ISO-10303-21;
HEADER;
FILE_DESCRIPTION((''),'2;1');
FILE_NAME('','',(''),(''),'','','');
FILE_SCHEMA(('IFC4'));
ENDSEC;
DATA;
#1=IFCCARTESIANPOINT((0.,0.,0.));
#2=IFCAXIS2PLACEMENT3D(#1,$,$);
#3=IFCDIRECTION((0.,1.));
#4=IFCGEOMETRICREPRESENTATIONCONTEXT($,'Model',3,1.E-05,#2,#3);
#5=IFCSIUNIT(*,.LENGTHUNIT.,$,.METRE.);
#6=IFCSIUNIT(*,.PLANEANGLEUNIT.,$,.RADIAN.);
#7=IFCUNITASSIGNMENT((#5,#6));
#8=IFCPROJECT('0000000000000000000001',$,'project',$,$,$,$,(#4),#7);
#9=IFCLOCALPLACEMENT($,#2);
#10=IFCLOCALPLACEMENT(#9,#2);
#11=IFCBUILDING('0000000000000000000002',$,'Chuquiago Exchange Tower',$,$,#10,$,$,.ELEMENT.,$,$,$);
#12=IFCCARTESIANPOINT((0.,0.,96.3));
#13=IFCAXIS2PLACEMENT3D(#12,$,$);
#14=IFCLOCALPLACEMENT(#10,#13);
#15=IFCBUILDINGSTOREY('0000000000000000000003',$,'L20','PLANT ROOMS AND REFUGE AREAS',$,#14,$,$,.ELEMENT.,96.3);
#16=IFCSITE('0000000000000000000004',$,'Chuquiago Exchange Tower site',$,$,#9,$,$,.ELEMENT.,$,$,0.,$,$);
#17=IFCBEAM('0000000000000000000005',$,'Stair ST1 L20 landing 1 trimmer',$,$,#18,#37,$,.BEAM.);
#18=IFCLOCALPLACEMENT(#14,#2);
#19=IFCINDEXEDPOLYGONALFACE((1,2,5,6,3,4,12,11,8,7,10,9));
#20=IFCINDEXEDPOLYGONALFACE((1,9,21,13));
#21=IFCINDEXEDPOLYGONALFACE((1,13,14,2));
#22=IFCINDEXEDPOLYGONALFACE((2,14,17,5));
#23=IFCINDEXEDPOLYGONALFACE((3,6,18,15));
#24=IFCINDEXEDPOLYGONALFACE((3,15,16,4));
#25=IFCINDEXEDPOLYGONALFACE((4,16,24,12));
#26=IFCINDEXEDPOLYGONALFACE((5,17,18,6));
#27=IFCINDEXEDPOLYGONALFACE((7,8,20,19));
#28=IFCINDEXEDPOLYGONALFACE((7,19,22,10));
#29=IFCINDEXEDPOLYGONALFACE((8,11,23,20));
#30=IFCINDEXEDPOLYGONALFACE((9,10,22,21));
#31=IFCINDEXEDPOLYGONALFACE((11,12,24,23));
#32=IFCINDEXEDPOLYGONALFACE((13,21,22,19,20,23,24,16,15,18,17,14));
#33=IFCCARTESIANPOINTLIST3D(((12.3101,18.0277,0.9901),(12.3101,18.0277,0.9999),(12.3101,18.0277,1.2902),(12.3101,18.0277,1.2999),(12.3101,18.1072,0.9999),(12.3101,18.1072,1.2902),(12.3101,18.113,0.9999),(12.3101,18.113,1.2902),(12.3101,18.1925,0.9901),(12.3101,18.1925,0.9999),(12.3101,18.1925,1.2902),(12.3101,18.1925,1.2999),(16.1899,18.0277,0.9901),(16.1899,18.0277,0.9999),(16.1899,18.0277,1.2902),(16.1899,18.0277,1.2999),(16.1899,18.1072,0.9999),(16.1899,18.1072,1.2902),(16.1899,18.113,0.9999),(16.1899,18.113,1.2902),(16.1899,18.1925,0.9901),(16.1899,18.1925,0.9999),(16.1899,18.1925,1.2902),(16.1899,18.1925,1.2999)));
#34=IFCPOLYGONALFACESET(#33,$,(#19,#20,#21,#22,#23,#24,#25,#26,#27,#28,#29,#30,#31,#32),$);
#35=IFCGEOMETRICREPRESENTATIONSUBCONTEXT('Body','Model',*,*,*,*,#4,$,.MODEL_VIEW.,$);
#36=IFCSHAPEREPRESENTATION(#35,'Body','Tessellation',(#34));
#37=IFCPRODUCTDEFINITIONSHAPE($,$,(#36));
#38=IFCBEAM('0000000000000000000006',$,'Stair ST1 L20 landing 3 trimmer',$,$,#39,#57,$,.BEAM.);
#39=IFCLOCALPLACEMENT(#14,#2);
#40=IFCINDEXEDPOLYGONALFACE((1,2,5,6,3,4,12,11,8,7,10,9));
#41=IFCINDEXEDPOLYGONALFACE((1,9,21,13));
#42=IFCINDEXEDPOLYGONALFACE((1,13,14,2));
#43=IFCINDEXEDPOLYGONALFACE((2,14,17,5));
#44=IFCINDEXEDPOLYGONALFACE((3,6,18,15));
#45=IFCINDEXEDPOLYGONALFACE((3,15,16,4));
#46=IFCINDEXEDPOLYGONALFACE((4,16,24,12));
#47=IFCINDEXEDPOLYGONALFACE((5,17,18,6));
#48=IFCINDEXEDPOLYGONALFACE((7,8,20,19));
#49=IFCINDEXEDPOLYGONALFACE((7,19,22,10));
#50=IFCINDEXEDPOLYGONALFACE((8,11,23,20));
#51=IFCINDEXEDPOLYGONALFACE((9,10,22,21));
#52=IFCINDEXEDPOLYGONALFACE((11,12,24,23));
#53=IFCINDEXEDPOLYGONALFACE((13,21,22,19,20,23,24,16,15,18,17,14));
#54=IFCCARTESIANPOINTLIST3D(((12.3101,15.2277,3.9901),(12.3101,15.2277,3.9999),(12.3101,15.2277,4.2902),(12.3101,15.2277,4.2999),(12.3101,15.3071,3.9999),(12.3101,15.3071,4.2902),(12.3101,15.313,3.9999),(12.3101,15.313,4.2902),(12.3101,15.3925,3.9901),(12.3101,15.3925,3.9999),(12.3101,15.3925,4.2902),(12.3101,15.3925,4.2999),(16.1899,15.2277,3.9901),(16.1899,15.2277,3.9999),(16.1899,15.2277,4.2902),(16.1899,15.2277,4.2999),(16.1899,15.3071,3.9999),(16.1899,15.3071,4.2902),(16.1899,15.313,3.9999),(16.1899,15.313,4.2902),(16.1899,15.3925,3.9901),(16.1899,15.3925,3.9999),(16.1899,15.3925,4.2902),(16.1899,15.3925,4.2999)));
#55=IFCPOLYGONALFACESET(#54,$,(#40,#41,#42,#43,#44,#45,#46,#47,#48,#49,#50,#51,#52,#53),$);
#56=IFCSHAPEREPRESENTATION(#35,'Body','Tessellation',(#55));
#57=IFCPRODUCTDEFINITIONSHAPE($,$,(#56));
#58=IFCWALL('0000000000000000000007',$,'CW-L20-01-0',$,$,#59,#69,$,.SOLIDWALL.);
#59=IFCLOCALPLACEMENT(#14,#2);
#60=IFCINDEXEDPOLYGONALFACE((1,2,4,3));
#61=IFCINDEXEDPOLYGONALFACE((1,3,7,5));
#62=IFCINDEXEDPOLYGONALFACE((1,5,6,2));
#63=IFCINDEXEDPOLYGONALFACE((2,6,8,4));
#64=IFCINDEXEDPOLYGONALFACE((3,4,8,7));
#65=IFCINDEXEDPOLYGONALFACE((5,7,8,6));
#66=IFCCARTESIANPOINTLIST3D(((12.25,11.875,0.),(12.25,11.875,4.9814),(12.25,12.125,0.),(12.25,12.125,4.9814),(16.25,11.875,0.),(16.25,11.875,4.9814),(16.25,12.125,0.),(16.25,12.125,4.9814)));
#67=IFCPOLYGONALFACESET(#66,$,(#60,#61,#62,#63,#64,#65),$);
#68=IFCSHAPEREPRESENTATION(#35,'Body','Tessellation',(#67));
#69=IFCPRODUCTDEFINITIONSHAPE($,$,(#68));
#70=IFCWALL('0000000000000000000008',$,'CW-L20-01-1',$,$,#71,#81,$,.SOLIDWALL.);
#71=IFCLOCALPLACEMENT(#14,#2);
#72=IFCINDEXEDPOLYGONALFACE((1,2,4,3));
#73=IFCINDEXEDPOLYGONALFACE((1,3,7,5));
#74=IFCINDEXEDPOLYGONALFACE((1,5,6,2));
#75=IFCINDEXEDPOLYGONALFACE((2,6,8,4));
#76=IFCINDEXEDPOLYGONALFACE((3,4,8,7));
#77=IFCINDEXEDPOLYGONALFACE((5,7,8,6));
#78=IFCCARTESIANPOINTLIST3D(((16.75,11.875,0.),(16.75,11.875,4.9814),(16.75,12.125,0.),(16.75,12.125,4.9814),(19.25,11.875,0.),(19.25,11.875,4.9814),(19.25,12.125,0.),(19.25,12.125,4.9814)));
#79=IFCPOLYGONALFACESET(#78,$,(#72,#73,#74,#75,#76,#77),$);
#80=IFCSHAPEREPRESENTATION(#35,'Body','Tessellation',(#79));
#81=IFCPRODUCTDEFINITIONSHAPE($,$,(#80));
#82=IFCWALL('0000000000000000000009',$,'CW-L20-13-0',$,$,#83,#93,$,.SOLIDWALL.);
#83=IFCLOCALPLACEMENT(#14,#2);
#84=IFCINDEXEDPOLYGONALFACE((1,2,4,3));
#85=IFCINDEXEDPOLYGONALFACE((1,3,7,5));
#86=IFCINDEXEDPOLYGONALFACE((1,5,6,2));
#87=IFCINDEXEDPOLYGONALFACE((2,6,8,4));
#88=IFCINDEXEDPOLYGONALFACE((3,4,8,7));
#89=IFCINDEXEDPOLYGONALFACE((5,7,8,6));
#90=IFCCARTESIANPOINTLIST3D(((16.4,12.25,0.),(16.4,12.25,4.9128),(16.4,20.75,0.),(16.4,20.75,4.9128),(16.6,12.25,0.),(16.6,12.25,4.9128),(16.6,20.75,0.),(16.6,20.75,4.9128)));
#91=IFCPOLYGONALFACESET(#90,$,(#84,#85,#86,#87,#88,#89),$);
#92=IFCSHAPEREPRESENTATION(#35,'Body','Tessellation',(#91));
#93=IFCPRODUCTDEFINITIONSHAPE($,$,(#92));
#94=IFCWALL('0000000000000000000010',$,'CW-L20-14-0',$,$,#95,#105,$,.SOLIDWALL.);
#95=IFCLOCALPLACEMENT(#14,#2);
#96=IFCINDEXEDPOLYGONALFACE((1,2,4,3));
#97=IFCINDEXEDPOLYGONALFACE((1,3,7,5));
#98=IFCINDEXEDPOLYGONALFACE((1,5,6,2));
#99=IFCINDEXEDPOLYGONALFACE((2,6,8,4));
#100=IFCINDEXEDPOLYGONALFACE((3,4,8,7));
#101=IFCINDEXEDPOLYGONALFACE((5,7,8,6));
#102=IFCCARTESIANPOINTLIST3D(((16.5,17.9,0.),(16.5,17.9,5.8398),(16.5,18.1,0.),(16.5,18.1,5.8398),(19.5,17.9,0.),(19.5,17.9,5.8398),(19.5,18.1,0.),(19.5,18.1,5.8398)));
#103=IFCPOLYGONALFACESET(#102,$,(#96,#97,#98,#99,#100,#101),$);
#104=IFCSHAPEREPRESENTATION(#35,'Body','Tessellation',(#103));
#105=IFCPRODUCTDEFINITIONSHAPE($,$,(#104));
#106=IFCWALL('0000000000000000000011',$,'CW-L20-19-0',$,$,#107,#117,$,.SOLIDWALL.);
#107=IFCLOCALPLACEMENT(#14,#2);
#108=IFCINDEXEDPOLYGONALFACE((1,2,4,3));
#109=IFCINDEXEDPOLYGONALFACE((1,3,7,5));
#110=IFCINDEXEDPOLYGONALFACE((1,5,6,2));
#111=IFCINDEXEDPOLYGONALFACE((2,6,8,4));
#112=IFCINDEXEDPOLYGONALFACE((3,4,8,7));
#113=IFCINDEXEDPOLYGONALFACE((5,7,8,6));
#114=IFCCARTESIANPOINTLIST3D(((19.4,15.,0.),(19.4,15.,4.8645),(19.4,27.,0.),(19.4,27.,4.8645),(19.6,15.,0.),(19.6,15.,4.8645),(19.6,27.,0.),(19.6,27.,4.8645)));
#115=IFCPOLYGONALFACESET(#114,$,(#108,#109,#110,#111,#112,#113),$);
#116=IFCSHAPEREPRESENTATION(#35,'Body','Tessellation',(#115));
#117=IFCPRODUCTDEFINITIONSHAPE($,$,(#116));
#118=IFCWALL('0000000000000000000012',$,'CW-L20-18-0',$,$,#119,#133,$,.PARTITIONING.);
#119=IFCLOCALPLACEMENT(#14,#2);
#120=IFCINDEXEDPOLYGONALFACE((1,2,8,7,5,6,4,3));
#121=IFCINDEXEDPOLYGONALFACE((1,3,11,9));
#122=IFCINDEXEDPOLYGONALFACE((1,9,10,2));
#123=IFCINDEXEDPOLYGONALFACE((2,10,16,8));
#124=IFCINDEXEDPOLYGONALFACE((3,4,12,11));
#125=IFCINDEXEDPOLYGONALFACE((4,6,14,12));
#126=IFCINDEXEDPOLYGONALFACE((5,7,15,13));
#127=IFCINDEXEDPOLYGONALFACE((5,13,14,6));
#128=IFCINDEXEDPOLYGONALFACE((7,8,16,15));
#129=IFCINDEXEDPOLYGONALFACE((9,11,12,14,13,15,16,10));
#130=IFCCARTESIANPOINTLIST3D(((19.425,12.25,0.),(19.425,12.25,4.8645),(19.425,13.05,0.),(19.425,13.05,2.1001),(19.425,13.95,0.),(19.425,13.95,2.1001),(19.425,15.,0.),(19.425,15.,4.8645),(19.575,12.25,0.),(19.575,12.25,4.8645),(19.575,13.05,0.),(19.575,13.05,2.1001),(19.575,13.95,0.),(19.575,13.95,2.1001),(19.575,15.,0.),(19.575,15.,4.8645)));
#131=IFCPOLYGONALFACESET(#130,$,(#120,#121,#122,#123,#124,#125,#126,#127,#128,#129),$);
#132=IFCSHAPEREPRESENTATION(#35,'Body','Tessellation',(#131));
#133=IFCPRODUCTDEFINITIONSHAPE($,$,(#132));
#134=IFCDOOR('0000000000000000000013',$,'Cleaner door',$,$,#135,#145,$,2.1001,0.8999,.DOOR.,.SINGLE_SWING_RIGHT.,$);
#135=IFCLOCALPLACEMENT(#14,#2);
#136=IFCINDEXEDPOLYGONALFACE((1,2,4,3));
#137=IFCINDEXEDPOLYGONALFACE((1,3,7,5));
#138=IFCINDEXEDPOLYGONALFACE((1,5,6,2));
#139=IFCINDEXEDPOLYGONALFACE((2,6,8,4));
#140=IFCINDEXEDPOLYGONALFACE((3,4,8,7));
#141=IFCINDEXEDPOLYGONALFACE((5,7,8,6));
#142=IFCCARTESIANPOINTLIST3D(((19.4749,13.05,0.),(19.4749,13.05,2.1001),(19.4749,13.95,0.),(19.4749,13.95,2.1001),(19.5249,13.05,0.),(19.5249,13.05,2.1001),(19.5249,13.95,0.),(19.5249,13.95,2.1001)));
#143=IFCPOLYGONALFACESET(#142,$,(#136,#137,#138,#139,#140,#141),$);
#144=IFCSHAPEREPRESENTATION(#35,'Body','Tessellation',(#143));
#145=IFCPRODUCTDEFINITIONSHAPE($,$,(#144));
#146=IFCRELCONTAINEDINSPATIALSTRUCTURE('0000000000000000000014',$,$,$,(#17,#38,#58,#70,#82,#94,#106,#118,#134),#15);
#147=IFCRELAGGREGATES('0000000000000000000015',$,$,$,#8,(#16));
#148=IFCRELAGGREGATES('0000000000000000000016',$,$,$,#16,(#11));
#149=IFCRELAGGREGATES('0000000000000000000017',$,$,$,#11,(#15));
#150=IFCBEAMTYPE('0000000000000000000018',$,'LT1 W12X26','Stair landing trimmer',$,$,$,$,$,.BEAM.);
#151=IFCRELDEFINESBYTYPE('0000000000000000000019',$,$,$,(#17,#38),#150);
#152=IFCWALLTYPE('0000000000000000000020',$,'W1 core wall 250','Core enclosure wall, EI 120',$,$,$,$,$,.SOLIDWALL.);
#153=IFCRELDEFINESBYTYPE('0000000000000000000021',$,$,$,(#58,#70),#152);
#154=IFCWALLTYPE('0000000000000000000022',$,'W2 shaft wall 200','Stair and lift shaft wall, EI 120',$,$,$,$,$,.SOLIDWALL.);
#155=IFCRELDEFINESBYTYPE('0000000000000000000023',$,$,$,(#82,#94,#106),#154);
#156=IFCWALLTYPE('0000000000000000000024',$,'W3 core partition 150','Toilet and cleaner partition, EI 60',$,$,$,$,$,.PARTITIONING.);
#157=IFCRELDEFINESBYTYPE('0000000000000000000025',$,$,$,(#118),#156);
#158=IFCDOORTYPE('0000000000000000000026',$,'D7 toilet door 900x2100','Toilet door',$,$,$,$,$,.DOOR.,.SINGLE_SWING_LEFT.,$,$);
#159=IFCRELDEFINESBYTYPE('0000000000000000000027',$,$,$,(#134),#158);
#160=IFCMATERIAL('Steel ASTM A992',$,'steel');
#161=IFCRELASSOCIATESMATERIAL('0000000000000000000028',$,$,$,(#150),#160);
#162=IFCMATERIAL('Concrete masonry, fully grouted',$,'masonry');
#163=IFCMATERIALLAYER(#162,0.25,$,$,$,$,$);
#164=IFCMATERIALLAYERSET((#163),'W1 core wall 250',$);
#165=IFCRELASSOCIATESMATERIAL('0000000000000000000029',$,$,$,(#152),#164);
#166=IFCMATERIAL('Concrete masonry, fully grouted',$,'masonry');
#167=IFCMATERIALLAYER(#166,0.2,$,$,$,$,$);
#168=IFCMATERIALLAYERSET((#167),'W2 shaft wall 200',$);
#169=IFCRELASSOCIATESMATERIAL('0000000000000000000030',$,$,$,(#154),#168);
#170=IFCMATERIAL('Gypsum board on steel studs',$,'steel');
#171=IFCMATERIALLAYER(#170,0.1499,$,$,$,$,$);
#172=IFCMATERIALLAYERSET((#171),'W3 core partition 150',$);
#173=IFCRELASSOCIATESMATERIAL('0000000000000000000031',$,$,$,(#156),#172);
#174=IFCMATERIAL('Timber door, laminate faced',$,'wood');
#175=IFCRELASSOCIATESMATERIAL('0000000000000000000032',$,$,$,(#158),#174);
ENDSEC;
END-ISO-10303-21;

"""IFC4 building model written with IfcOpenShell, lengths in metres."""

from ifc_helpers import new_model, si_unit, direction, frame, frame_2d, origin, origin_2d, place, context, subcontext, project, spatial, rectangle, i_section, extrude, material, layer, layer_set, material_profile, profile_set, type_object, element, fill, save


model = new_model("IFC4")

# Units and contexts
model_context = context("Model", 3, precision=1e-05, world=origin(), true_north=direction((0.0, 1.0)))
body_context = subcontext(model_context, "Body", "Model", "MODEL_VIEW")
ifc_project = project(units=[si_unit("LENGTHUNIT", "METRE"), si_unit("PLANEANGLEUNIT", "RADIAN")], contexts=[model_context])

# Site, building, storey
site_placement = place(None, origin())
site = spatial("IfcSite", under=ifc_project, at=site_placement, Name="Chuquiago Exchange Tower site", CompositionType="ELEMENT", RefElevation=0.0)
building_placement = place(site_placement, origin())
building = spatial("IfcBuilding", under=site, at=building_placement, Name="Chuquiago Exchange Tower", CompositionType="ELEMENT")
storey_placement = place(building_placement, frame((0.0, 0.0, 96.3)))
storey = spatial("IfcBuildingStorey", under=building, at=storey_placement, Name="L20", Description="PLANT ROOMS AND REFUGE AREAS", CompositionType="ELEMENT", Elevation=96.3)

# Beams
ifc_material_1 = material(Name="Steel ASTM A992", Category="steel")
ifc_material_profile_1 = material_profile(ifc_material_1, i_section(OverallWidth=0.1648, OverallDepth=0.3098, WebThickness=0.0059, FlangeThickness=0.0098, at=origin_2d()), Name="W12X26")
ifc_profile_set_1 = profile_set([ifc_material_profile_1], Name="Steel ASTM A992")
beam_type_1 = type_object("IfcBeamType", Name="LT1 W12X26", Description="Stair landing trimmer", PredefinedType="BEAM", material=ifc_profile_set_1)
for number, where, z_axis, x_axis, name in (
    (1, (12.3101, 18.1101, 1.145), (1.0, 0.0, 0.0), (0.0, 1.0, 0.0), "Stair ST1 L20 landing 1 trimmer"),
    (2, (12.3101, 15.3101, 4.145), (1.0, 0.0, 0.0), (0.0, 1.0, 0.0), "Stair ST1 L20 landing 3 trimmer"),
):
    element("IfcBeam", number, at=place(storey_placement, frame(where, z_axis=z_axis, x_axis=x_axis)), inside=storey, type_object=beam_type_1, Name=name, PredefinedType="BEAM", context=body_context, shape_type="SweptSolid", body=[
        extrude(i_section(OverallWidth=0.1648, OverallDepth=0.3098, WebThickness=0.0059, FlangeThickness=0.0098, at=origin_2d()), origin(), (0.0, 0.0, 1.0), 3.8799),
    ])

# Walls
ifc_material_2 = material(Name="Concrete masonry, fully grouted", Category="masonry")
ifc_layer_1 = layer(ifc_material_2, 0.25)
ifc_layer_set_1 = layer_set([ifc_layer_1], Name="W1 core wall 250")
wall_type_1 = type_object("IfcWallType", Name="W1 core wall 250", Description="Core enclosure wall, EI 120", PredefinedType="SOLIDWALL", material=ifc_layer_set_1)
wall_1_placement = place(storey_placement, frame((12.25, 12.0, 0.0), z_axis=(0.0, 0.0, 1.0), x_axis=(1.0, 0.0, 0.0)))
element("IfcWall", 3, at=wall_1_placement, inside=storey, type_object=wall_type_1, Name="CW-L20-01-0", PredefinedType="SOLIDWALL", context=body_context, shape_type="SweptSolid", body=[
    extrude(rectangle(XDim=4.0, YDim=0.25, at=frame_2d((2.0, 0.0))), origin(), (0.0, 0.0, 1.0), 4.9814),
])
wall_2_placement = place(storey_placement, frame((16.75, 12.0, 0.0), z_axis=(0.0, 0.0, 1.0), x_axis=(1.0, 0.0, 0.0)))
element("IfcWall", 4, at=wall_2_placement, inside=storey, type_object=wall_type_1, Name="CW-L20-01-1", PredefinedType="SOLIDWALL", context=body_context, shape_type="SweptSolid", body=[
    extrude(rectangle(XDim=2.5, YDim=0.25, at=frame_2d((1.25, 0.0))), origin(), (0.0, 0.0, 1.0), 4.9814),
])

# Walls
ifc_material_3 = material(Name="Concrete masonry, fully grouted", Category="masonry")
ifc_layer_2 = layer(ifc_material_3, 0.2)
ifc_layer_set_2 = layer_set([ifc_layer_2], Name="W2 shaft wall 200")
wall_type_2 = type_object("IfcWallType", Name="W2 shaft wall 200", Description="Stair and lift shaft wall, EI 120", PredefinedType="SOLIDWALL", material=ifc_layer_set_2)
wall_3_placement = place(storey_placement, frame((16.5, 12.25, 0.0), z_axis=(0.0, 0.0, 1.0), x_axis=(0.0, 1.0, 0.0)))
element("IfcWall", 5, at=wall_3_placement, inside=storey, type_object=wall_type_2, Name="CW-L20-13-0", PredefinedType="SOLIDWALL", context=body_context, shape_type="SweptSolid", body=[
    extrude(rectangle(XDim=8.5, YDim=0.2, at=frame_2d((4.25, 0.0))), origin(), (0.0, 0.0, 1.0), 4.9128),
])
wall_4_placement = place(storey_placement, frame((16.5, 18.0, 0.0), z_axis=(0.0, 0.0, 1.0), x_axis=(1.0, 0.0, 0.0)))
element("IfcWall", 6, at=wall_4_placement, inside=storey, type_object=wall_type_2, Name="CW-L20-14-0", PredefinedType="SOLIDWALL", context=body_context, shape_type="SweptSolid", body=[
    extrude(rectangle(XDim=3.0, YDim=0.2, at=frame_2d((1.5, 0.0))), origin(), (0.0, 0.0, 1.0), 5.8398),
])
wall_5_placement = place(storey_placement, frame((19.5, 15.0, 0.0), z_axis=(0.0, 0.0, 1.0), x_axis=(0.0, 1.0, 0.0)))
element("IfcWall", 7, at=wall_5_placement, inside=storey, type_object=wall_type_2, Name="CW-L20-19-0", PredefinedType="SOLIDWALL", context=body_context, shape_type="SweptSolid", body=[
    extrude(rectangle(XDim=12.0, YDim=0.2, at=frame_2d((6.0, 0.0))), origin(), (0.0, 0.0, 1.0), 4.8645),
])

# Wall, opening, door
ifc_material_4 = material(Name="Gypsum board on steel studs", Category="steel")
ifc_layer_3 = layer(ifc_material_4, 0.1499)
ifc_layer_set_3 = layer_set([ifc_layer_3], Name="W3 core partition 150")
wall_type_3 = type_object("IfcWallType", Name="W3 core partition 150", Description="Toilet and cleaner partition, EI 60", PredefinedType="PARTITIONING", material=ifc_layer_set_3)
wall_6_placement = place(storey_placement, frame((19.5, 12.25, 0.0), z_axis=(0.0, 0.0, 1.0), x_axis=(0.0, 1.0, 0.0)))
wall_6 = element("IfcWall", 8, at=wall_6_placement, inside=storey, type_object=wall_type_3, Name="CW-L20-18-0", PredefinedType="PARTITIONING", context=body_context, shape_type="SweptSolid", body=[
    extrude(rectangle(XDim=2.75, YDim=0.1499, at=frame_2d((1.375, 0.0))), origin(), (0.0, 0.0, 1.0), 4.8645),
])
opening_1_placement = place(wall_6_placement, frame((0.8, 0.0, 0.0)))
opening_1 = element("IfcOpeningElement", 9, at=opening_1_placement, cuts=wall_6, PredefinedType="OPENING", context=body_context, shape_type="SweptSolid", body=[
    extrude(rectangle(XDim=0.8999, YDim=2.1001, at=frame_2d((0.45, 1.05))), frame((0.0, 0.085, 0.0), z_axis=(0.0, -1.0, 0.0), x_axis=(1.0, 0.0, 0.0)), (0.0, 0.0, 1.0), 0.1699),
])
ifc_material_5 = material(Name="Timber door, laminate faced", Category="wood")
door_type_1 = type_object("IfcDoorType", Name="D7 toilet door 900x2100", Description="Toilet door", OperationType="SINGLE_SWING_LEFT", PredefinedType="DOOR", material=ifc_material_5)
door_1_placement = place(opening_1_placement, frame((0.8999, 0.0, 0.0), z_axis=(0.0, 0.0, 1.0), x_axis=(-1.0, 0.0, 0.0)))
door_1 = element("IfcDoor", 10, at=door_1_placement, inside=storey, type_object=door_type_1, Name="Cleaner door", OperationType="SINGLE_SWING_RIGHT", OverallHeight=2.1001, OverallWidth=0.8999, PredefinedType="DOOR", context=body_context, shape_type="SweptSolid", body=[
    extrude(rectangle(XDim=0.8999, YDim=2.1001, at=frame_2d((0.45, 1.05))), frame((0.0, 0.0249, 0.0), z_axis=(0.0, -1.0, 0.0), x_axis=(1.0, 0.0, 0.0)), (0.0, 0.0, 1.0), 0.05),
])
fill(opening_1, door_1)

save(model, "model.ifc")
